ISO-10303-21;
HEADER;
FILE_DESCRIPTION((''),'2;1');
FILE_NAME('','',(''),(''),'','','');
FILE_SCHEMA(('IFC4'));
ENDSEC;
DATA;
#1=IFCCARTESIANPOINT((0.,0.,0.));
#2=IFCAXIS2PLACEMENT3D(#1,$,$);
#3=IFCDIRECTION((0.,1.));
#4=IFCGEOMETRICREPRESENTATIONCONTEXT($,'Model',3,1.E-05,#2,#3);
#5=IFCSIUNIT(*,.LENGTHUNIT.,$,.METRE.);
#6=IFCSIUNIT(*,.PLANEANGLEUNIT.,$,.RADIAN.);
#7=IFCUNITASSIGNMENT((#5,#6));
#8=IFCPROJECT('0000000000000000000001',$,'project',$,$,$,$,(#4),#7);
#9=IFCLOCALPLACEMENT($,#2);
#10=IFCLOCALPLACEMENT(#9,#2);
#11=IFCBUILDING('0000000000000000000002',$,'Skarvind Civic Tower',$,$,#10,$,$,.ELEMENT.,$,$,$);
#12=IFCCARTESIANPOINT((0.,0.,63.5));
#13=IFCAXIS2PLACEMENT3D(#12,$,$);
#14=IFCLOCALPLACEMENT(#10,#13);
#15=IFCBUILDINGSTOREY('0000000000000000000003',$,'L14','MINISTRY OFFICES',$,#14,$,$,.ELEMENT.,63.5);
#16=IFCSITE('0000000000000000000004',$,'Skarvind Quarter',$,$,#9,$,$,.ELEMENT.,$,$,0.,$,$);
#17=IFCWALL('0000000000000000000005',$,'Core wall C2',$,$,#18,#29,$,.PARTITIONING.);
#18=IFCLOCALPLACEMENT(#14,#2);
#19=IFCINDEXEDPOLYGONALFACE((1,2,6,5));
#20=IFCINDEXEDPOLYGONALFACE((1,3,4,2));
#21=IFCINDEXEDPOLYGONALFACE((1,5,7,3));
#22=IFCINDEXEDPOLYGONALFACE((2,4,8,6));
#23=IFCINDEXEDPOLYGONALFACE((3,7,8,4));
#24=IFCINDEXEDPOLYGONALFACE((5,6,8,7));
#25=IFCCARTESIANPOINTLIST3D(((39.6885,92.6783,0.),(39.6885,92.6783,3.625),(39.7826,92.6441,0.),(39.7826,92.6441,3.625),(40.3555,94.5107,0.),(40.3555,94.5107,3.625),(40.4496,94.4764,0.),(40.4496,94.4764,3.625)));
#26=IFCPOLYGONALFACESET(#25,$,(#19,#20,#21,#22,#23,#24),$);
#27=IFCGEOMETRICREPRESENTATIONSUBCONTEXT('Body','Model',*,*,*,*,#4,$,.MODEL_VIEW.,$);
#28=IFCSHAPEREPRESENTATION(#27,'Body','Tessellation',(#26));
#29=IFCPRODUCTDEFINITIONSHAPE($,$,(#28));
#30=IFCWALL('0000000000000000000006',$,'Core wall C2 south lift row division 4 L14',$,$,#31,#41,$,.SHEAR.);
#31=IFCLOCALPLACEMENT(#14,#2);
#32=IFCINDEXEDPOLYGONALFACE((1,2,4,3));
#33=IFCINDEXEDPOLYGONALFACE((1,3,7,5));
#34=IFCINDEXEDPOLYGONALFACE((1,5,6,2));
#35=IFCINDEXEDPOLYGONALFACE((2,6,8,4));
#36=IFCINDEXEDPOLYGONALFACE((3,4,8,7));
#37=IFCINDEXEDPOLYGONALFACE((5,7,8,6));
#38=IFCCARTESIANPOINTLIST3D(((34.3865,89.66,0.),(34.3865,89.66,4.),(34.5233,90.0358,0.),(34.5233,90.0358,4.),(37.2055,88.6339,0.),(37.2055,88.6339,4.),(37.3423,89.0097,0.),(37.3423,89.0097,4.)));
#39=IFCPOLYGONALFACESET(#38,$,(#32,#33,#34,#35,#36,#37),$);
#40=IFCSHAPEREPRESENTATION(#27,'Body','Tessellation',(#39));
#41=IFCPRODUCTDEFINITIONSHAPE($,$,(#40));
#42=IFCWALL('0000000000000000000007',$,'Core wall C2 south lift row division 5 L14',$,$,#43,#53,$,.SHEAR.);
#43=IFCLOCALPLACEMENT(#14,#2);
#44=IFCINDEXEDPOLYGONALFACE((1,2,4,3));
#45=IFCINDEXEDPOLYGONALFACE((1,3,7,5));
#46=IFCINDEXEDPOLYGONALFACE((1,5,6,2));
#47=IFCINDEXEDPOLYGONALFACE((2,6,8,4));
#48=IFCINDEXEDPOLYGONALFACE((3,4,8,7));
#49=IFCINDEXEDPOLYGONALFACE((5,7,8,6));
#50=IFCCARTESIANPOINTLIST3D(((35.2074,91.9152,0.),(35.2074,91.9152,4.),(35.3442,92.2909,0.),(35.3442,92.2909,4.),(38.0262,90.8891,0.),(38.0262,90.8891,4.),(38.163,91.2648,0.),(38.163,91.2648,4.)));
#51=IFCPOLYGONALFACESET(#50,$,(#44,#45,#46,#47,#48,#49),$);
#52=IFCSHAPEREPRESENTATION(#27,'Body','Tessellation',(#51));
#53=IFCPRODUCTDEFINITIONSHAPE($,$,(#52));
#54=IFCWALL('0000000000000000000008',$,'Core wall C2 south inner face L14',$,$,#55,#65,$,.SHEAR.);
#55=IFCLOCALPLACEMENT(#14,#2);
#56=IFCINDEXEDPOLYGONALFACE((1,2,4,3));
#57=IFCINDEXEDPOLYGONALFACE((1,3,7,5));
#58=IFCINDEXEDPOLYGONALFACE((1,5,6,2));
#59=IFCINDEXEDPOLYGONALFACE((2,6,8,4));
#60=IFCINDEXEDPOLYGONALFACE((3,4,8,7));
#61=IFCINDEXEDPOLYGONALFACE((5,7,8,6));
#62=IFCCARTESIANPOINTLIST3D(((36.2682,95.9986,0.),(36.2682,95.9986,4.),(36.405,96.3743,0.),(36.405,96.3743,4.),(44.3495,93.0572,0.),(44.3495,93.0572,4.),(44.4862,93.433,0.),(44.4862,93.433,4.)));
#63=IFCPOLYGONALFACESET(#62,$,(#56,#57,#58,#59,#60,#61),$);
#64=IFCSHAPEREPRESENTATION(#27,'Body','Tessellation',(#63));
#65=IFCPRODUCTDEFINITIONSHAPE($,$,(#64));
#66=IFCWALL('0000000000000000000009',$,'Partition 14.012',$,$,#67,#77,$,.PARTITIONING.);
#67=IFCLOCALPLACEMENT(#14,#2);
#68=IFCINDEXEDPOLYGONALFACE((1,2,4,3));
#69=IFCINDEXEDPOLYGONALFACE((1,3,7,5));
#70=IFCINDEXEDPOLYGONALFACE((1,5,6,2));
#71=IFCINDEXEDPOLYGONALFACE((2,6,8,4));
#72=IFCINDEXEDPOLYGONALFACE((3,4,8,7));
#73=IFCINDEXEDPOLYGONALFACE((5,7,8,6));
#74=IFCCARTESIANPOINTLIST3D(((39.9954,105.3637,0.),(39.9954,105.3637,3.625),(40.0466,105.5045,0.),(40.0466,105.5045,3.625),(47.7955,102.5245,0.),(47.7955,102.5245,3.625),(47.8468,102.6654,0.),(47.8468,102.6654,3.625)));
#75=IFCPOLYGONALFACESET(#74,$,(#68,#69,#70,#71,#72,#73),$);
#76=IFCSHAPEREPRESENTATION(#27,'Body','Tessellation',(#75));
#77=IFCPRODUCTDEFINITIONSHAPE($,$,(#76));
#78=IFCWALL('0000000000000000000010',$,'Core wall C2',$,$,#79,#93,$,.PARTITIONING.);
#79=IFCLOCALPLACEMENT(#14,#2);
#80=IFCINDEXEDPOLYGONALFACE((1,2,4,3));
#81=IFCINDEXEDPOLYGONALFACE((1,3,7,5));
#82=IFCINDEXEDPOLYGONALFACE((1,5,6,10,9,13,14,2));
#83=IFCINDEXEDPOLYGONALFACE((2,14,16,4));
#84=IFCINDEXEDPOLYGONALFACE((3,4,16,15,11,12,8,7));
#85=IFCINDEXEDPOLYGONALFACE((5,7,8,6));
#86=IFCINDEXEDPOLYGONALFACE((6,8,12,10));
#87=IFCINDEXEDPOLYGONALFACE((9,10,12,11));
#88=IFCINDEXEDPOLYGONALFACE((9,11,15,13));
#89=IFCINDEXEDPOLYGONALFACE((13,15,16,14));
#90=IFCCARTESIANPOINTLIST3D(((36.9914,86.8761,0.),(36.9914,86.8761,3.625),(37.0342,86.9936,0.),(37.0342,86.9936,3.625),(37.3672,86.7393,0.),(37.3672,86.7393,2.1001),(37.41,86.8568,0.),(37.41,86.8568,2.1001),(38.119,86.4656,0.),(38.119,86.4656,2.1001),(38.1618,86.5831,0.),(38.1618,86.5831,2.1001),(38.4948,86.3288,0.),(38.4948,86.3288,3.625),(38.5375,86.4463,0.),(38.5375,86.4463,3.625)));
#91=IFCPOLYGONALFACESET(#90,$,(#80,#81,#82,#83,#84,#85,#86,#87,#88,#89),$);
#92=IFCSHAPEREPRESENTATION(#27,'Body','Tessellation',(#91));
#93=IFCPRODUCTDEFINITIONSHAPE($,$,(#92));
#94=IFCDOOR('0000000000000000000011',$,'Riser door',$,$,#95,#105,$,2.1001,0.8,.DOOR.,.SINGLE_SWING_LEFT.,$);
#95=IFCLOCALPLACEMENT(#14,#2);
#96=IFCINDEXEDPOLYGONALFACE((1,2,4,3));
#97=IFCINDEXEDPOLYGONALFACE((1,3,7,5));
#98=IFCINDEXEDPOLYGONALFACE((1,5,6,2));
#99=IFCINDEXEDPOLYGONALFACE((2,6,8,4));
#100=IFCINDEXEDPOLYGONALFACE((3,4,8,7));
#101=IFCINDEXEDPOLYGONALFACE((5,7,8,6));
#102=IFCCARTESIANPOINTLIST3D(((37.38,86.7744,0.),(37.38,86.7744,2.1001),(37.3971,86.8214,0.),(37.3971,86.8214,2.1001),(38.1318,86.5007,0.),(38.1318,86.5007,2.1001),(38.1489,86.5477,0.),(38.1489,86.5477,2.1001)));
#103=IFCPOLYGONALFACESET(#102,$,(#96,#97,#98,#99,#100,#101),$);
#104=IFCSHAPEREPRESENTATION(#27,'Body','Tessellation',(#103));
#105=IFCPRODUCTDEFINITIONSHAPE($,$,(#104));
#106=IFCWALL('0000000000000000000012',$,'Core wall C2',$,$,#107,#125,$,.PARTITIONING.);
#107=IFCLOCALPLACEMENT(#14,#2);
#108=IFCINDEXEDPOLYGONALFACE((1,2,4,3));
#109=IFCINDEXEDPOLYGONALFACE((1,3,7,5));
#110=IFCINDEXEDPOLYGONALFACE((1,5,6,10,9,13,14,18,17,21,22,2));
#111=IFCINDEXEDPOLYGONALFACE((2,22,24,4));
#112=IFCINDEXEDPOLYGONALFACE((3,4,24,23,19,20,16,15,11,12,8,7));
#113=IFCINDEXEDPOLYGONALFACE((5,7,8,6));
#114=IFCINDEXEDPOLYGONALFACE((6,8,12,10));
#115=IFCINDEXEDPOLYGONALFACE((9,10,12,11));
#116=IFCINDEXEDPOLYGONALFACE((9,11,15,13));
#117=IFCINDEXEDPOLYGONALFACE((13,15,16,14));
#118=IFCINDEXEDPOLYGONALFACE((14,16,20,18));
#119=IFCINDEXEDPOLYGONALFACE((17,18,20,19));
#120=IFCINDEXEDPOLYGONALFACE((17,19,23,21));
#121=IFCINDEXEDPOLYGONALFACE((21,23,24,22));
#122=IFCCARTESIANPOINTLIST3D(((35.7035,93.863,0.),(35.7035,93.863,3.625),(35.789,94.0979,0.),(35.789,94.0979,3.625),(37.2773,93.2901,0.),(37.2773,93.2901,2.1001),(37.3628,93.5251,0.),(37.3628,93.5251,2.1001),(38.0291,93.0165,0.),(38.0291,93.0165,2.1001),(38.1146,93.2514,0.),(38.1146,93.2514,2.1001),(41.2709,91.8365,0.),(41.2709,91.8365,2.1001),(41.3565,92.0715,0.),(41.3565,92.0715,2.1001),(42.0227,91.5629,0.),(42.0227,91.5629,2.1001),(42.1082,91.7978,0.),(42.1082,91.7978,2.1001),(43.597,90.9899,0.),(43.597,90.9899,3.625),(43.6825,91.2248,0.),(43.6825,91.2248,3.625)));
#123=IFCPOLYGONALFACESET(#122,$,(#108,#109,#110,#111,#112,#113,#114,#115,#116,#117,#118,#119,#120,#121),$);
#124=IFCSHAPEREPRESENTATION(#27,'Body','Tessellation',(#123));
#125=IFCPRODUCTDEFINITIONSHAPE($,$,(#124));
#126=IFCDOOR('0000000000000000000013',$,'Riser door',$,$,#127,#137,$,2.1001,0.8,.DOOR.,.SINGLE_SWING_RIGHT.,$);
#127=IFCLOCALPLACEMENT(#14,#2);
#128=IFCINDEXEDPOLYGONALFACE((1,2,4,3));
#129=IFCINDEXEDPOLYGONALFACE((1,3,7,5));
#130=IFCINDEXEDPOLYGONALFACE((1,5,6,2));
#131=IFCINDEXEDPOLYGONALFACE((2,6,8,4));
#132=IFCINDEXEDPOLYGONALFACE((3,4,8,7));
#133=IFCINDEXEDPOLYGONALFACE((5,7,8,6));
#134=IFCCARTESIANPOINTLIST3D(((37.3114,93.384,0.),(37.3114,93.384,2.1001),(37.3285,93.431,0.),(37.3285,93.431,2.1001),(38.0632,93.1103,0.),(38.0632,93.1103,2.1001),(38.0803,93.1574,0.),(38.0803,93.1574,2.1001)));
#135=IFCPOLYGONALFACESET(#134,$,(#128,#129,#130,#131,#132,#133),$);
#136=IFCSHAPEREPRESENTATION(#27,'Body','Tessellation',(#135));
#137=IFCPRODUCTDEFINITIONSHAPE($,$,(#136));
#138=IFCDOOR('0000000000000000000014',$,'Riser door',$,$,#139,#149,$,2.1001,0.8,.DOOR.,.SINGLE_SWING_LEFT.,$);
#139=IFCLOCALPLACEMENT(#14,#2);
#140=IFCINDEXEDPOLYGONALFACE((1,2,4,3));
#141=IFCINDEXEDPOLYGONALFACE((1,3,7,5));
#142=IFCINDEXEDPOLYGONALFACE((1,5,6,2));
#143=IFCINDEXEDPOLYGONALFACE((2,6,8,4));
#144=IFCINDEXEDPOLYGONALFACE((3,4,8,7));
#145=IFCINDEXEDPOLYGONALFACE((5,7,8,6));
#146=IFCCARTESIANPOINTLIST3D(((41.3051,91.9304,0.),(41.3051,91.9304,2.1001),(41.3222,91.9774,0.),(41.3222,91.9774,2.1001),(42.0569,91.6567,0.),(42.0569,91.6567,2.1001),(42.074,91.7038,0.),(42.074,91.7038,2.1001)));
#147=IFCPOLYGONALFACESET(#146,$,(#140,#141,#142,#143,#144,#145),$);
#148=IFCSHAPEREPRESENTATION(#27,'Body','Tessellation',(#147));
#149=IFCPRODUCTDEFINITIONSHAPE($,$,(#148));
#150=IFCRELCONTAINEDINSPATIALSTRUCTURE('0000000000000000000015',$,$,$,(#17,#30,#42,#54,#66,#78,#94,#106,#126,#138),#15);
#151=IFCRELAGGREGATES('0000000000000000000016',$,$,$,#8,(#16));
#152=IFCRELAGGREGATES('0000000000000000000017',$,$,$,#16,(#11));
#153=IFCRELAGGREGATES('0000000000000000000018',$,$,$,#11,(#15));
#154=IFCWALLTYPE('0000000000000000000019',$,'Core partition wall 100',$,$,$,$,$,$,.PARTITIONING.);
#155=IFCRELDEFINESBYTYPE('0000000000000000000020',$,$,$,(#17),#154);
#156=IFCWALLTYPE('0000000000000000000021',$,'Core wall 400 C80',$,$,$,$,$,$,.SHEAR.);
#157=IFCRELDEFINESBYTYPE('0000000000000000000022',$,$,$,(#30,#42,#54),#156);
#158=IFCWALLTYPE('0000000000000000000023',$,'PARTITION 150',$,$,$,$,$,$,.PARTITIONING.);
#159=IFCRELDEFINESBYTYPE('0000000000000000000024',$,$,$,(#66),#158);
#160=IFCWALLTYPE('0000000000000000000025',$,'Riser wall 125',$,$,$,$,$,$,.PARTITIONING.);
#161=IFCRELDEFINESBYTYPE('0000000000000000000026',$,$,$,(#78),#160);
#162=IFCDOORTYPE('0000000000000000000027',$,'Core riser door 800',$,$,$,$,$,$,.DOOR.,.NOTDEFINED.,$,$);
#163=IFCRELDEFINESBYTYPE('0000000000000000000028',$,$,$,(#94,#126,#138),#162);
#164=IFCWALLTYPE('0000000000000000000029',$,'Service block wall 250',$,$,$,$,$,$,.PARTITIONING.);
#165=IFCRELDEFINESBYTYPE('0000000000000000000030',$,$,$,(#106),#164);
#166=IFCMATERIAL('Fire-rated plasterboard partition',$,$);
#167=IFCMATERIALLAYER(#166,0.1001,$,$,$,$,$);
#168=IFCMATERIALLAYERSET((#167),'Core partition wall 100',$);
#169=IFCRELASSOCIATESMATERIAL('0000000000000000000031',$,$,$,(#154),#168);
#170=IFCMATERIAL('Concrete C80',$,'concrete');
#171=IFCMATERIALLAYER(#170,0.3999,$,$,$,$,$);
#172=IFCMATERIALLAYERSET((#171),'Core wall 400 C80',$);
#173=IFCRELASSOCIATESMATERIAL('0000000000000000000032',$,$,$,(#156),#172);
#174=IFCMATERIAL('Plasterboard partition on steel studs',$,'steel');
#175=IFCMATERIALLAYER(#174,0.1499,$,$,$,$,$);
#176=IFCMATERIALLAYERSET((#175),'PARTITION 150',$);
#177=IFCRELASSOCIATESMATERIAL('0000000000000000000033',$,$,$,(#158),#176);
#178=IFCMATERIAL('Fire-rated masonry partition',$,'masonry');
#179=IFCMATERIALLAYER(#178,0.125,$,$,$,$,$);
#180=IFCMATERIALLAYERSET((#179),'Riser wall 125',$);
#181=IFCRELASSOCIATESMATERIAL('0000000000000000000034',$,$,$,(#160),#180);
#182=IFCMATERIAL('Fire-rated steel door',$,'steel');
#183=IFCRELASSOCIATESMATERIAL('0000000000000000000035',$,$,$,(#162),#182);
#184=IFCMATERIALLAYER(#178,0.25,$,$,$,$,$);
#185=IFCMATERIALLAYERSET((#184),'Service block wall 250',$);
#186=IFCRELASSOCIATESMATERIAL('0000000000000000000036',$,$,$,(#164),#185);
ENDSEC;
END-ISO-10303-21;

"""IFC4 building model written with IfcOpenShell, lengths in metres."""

from ifc_helpers import new_model, si_unit, direction, frame, frame_2d, origin, place, context, subcontext, project, spatial, rectangle, extrude, material, layer, layer_set, type_object, element, fill, save


model = new_model("IFC4")

# Units and contexts
model_context = context("Model", 3, precision=1e-05, world=origin(), true_north=direction((0.0, 1.0)))
body_context = subcontext(model_context, "Body", "Model", "MODEL_VIEW")
ifc_project = project(units=[si_unit("LENGTHUNIT", "METRE"), si_unit("PLANEANGLEUNIT", "RADIAN")], contexts=[model_context])

# Site, building, storey
site_placement = place(None, origin())
site = spatial("IfcSite", under=ifc_project, at=site_placement, Name="Skarvind Quarter", CompositionType="ELEMENT", RefElevation=0.0)
building_placement = place(site_placement, origin())
building = spatial("IfcBuilding", under=site, at=building_placement, Name="Skarvind Civic Tower", CompositionType="ELEMENT")
storey_placement = place(building_placement, frame((0.0, 0.0, 63.5)))
storey = spatial("IfcBuildingStorey", under=building, at=storey_placement, Name="L14", Description="MINISTRY OFFICES", CompositionType="ELEMENT", Elevation=63.5)

# Shared definitions
ifc_material_1 = material(Name="Concrete C80", Category="concrete")

# Shared definitions
ifc_material_2 = material(Name="Fire-rated masonry partition", Category="masonry")
ifc_material_3 = material(Name="Fire-rated steel door", Category="steel")

# Walls
ifc_material_4 = material(Name="Fire-rated plasterboard partition")
ifc_layer_1 = layer(ifc_material_4, 0.1001)
ifc_layer_set_1 = layer_set([ifc_layer_1], Name="Core partition wall 100")
wall_type_1 = type_object("IfcWallType", Name="Core partition wall 100", PredefinedType="PARTITIONING", material=ifc_layer_set_1)
wall_1_placement = place(storey_placement, frame((40.4026, 94.4937, 0.0), z_axis=(0.0, 0.0, 1.0), x_axis=(-0.342065, -0.939676, 0.0)))
element("IfcWall", 1, at=wall_1_placement, inside=storey, type_object=wall_type_1, Name="Core wall C2", PredefinedType="PARTITIONING", context=body_context, shape_type="SweptSolid", body=[
    extrude(rectangle(XDim=1.95, YDim=0.1001, at=frame_2d((0.9751, 0.0))), origin(), (0.0, 0.0, 1.0), 3.625),
])
ifc_layer_2 = layer(ifc_material_1, 0.3999)
ifc_layer_set_2 = layer_set([ifc_layer_2], Name="Core wall 400 C80")
wall_type_2 = type_object("IfcWallType", Name="Core wall 400 C80", PredefinedType="SHEAR", material=ifc_layer_set_2)
wall_2_placement = place(storey_placement, frame((37.2739, 88.8218, 0.0), z_axis=(0.0, 0.0, 1.0), x_axis=(-0.939686, 0.342037, 0.0)))
element("IfcWall", 2, at=wall_2_placement, inside=storey, type_object=wall_type_2, Name="Core wall C2 south lift row division 4 L14", PredefinedType="SHEAR", context=body_context, shape_type="SweptSolid", body=[
    extrude(rectangle(XDim=3.0, YDim=0.3999, at=frame_2d((1.5, 0.0))), origin(), (0.0, 0.0, 1.0), 4.0),
])
wall_3_placement = place(storey_placement, frame((38.0947, 91.0769, 0.0), z_axis=(0.0, 0.0, 1.0), x_axis=(-0.939677, 0.342063, 0.0)))
element("IfcWall", 3, at=wall_3_placement, inside=storey, type_object=wall_type_2, Name="Core wall C2 south lift row division 5 L14", PredefinedType="SHEAR", context=body_context, shape_type="SweptSolid", body=[
    extrude(rectangle(XDim=2.9998, YDim=0.3999, at=frame_2d((1.5, 0.0))), origin(), (0.0, 0.0, 1.0), 4.0),
])
wall_4_placement = place(storey_placement, frame((44.4177, 93.2451, 0.0), z_axis=(0.0, 0.0, 1.0), x_axis=(-0.939691, 0.342026, 0.0)))
element("IfcWall", 4, at=wall_4_placement, inside=storey, type_object=wall_type_2, Name="Core wall C2 south inner face L14", PredefinedType="SHEAR", context=body_context, shape_type="SweptSolid", body=[
    extrude(rectangle(XDim=8.5999, YDim=0.3999, at=frame_2d((4.2998, 0.0))), origin(), (0.0, 0.0, 1.0), 4.0),
])
ifc_material_5 = material(Name="Plasterboard partition on steel studs", Category="steel")
ifc_layer_3 = layer(ifc_material_5, 0.1499)
ifc_layer_set_3 = layer_set([ifc_layer_3], Name="PARTITION 150")
wall_type_3 = type_object("IfcWallType", Name="PARTITION 150", PredefinedType="PARTITIONING", material=ifc_layer_set_3)
wall_5_placement = place(storey_placement, frame((40.021, 105.4341, 0.0), z_axis=(0.0, 0.0, 1.0), x_axis=(0.939688, -0.342034, 0.0)))
element("IfcWall", 5, at=wall_5_placement, inside=storey, type_object=wall_type_3, Name="Partition 14.012", PredefinedType="PARTITIONING", context=body_context, shape_type="SweptSolid", body=[
    extrude(rectangle(XDim=8.3008, YDim=0.1499, at=frame_2d((4.1504, 0.0))), origin(), (0.0, 0.0, 1.0), 3.625),
])

# Wall, opening, door
ifc_layer_4 = layer(ifc_material_2, 0.125)
ifc_layer_set_4 = layer_set([ifc_layer_4], Name="Riser wall 125")
wall_type_4 = type_object("IfcWallType", Name="Riser wall 125", PredefinedType="PARTITIONING", material=ifc_layer_set_4)
wall_6_placement = place(storey_placement, frame((37.0129, 86.9348, 0.0), z_axis=(0.0, 0.0, 1.0), x_axis=(0.93966, -0.342111, 0.0)))
wall_6 = element("IfcWall", 6, at=wall_6_placement, inside=storey, type_object=wall_type_4, Name="Core wall C2", PredefinedType="PARTITIONING", context=body_context, shape_type="SweptSolid", body=[
    extrude(rectangle(XDim=1.5999, YDim=0.125, at=frame_2d((0.7998, 0.0))), origin(), (0.0, 0.0, 1.0), 3.625),
])
opening_1_placement = place(wall_6_placement, frame((0.3999, 0.0, 0.0)))
opening_1 = element("IfcOpeningElement", 7, at=opening_1_placement, cuts=wall_6, PredefinedType="OPENING", context=body_context, shape_type="SweptSolid", body=[
    extrude(rectangle(XDim=0.8, YDim=2.1001, at=frame_2d((0.3999, 1.05))), frame((0.0, 0.0725, 0.0), z_axis=(0.0, -1.0, 0.0), x_axis=(1.0, 0.0, 0.0)), (0.0, 0.0, 1.0), 0.145),
])
door_type_1 = type_object("IfcDoorType", Name="Core riser door 800", OperationType="NOTDEFINED", PredefinedType="DOOR", material=ifc_material_3)
door_1_placement = place(opening_1_placement, origin())
door_1 = element("IfcDoor", 8, at=door_1_placement, inside=storey, type_object=door_type_1, Name="Riser door", OperationType="SINGLE_SWING_LEFT", OverallHeight=2.1001, OverallWidth=0.8, PredefinedType="DOOR", context=body_context, shape_type="SweptSolid", body=[
    extrude(rectangle(XDim=0.8, YDim=2.1001, at=frame_2d((0.3999, 1.05))), frame((0.0, 0.0249, 0.0), z_axis=(0.0, -1.0, 0.0), x_axis=(1.0, 0.0, 0.0)), (0.0, 0.0, 1.0), 0.05),
])
fill(opening_1, door_1)

# Wall, openings, doors
ifc_layer_5 = layer(ifc_material_2, 0.25)
ifc_layer_set_5 = layer_set([ifc_layer_5], Name="Service block wall 250")
wall_type_5 = type_object("IfcWallType", Name="Service block wall 250", PredefinedType="PARTITIONING", material=ifc_layer_set_5)
wall_7_placement = place(storey_placement, frame((35.7461, 93.9805, 0.0), z_axis=(0.0, 0.0, 1.0), x_axis=(0.939692, -0.342023, 0.0)))
wall_7 = element("IfcWall", 9, at=wall_7_placement, inside=storey, type_object=wall_type_5, Name="Core wall C2", PredefinedType="PARTITIONING", context=body_context, shape_type="SweptSolid", body=[
    extrude(rectangle(XDim=8.4001, YDim=0.25, at=frame_2d((4.2002, 0.0))), origin(), (0.0, 0.0, 1.0), 3.625),
])
opening_2_placement = place(wall_7_placement, frame((1.675, 0.0, 0.0)))
opening_2 = element("IfcOpeningElement", 10, at=opening_2_placement, cuts=wall_7, PredefinedType="OPENING", context=body_context, shape_type="SweptSolid", body=[
    extrude(rectangle(XDim=0.8, YDim=2.1001, at=frame_2d((0.3999, 1.05))), frame((0.0, 0.135, 0.0), z_axis=(0.0, -1.0, 0.0), x_axis=(1.0, 0.0, 0.0)), (0.0, 0.0, 1.0), 0.27),
])
opening_3_placement = place(wall_7_placement, frame((5.925, 0.0, 0.0)))
opening_3 = element("IfcOpeningElement", 11, at=opening_3_placement, cuts=wall_7, PredefinedType="OPENING", context=body_context, shape_type="SweptSolid", body=[
    extrude(rectangle(XDim=0.8, YDim=2.1001, at=frame_2d((0.3999, 1.05))), frame((0.0, 0.135, 0.0), z_axis=(0.0, -1.0, 0.0), x_axis=(1.0, 0.0, 0.0)), (0.0, 0.0, 1.0), 0.27),
])
door_2_placement = place(opening_2_placement, origin())
door_2 = element("IfcDoor", 12, at=door_2_placement, inside=storey, type_object=door_type_1, Name="Riser door", OperationType="SINGLE_SWING_RIGHT", OverallHeight=2.1001, OverallWidth=0.8, PredefinedType="DOOR", context=body_context, shape_type="SweptSolid", body=[
    extrude(rectangle(XDim=0.8, YDim=2.1001, at=frame_2d((0.3999, 1.05))), frame((0.0, 0.0249, 0.0), z_axis=(0.0, -1.0, 0.0), x_axis=(1.0, 0.0, 0.0)), (0.0, 0.0, 1.0), 0.05),
])
fill(opening_2, door_2)
door_3_placement = place(opening_3_placement, origin())
door_3 = element("IfcDoor", 13, at=door_3_placement, inside=storey, type_object=door_type_1, Name="Riser door", OperationType="SINGLE_SWING_LEFT", OverallHeight=2.1001, OverallWidth=0.8, PredefinedType="DOOR", context=body_context, shape_type="SweptSolid", body=[
    extrude(rectangle(XDim=0.8, YDim=2.1001, at=frame_2d((0.3999, 1.05))), frame((0.0, 0.0249, 0.0), z_axis=(0.0, -1.0, 0.0), x_axis=(1.0, 0.0, 0.0)), (0.0, 0.0, 1.0), 0.05),
])
fill(opening_3, door_3)

save(model, "model.ifc")
